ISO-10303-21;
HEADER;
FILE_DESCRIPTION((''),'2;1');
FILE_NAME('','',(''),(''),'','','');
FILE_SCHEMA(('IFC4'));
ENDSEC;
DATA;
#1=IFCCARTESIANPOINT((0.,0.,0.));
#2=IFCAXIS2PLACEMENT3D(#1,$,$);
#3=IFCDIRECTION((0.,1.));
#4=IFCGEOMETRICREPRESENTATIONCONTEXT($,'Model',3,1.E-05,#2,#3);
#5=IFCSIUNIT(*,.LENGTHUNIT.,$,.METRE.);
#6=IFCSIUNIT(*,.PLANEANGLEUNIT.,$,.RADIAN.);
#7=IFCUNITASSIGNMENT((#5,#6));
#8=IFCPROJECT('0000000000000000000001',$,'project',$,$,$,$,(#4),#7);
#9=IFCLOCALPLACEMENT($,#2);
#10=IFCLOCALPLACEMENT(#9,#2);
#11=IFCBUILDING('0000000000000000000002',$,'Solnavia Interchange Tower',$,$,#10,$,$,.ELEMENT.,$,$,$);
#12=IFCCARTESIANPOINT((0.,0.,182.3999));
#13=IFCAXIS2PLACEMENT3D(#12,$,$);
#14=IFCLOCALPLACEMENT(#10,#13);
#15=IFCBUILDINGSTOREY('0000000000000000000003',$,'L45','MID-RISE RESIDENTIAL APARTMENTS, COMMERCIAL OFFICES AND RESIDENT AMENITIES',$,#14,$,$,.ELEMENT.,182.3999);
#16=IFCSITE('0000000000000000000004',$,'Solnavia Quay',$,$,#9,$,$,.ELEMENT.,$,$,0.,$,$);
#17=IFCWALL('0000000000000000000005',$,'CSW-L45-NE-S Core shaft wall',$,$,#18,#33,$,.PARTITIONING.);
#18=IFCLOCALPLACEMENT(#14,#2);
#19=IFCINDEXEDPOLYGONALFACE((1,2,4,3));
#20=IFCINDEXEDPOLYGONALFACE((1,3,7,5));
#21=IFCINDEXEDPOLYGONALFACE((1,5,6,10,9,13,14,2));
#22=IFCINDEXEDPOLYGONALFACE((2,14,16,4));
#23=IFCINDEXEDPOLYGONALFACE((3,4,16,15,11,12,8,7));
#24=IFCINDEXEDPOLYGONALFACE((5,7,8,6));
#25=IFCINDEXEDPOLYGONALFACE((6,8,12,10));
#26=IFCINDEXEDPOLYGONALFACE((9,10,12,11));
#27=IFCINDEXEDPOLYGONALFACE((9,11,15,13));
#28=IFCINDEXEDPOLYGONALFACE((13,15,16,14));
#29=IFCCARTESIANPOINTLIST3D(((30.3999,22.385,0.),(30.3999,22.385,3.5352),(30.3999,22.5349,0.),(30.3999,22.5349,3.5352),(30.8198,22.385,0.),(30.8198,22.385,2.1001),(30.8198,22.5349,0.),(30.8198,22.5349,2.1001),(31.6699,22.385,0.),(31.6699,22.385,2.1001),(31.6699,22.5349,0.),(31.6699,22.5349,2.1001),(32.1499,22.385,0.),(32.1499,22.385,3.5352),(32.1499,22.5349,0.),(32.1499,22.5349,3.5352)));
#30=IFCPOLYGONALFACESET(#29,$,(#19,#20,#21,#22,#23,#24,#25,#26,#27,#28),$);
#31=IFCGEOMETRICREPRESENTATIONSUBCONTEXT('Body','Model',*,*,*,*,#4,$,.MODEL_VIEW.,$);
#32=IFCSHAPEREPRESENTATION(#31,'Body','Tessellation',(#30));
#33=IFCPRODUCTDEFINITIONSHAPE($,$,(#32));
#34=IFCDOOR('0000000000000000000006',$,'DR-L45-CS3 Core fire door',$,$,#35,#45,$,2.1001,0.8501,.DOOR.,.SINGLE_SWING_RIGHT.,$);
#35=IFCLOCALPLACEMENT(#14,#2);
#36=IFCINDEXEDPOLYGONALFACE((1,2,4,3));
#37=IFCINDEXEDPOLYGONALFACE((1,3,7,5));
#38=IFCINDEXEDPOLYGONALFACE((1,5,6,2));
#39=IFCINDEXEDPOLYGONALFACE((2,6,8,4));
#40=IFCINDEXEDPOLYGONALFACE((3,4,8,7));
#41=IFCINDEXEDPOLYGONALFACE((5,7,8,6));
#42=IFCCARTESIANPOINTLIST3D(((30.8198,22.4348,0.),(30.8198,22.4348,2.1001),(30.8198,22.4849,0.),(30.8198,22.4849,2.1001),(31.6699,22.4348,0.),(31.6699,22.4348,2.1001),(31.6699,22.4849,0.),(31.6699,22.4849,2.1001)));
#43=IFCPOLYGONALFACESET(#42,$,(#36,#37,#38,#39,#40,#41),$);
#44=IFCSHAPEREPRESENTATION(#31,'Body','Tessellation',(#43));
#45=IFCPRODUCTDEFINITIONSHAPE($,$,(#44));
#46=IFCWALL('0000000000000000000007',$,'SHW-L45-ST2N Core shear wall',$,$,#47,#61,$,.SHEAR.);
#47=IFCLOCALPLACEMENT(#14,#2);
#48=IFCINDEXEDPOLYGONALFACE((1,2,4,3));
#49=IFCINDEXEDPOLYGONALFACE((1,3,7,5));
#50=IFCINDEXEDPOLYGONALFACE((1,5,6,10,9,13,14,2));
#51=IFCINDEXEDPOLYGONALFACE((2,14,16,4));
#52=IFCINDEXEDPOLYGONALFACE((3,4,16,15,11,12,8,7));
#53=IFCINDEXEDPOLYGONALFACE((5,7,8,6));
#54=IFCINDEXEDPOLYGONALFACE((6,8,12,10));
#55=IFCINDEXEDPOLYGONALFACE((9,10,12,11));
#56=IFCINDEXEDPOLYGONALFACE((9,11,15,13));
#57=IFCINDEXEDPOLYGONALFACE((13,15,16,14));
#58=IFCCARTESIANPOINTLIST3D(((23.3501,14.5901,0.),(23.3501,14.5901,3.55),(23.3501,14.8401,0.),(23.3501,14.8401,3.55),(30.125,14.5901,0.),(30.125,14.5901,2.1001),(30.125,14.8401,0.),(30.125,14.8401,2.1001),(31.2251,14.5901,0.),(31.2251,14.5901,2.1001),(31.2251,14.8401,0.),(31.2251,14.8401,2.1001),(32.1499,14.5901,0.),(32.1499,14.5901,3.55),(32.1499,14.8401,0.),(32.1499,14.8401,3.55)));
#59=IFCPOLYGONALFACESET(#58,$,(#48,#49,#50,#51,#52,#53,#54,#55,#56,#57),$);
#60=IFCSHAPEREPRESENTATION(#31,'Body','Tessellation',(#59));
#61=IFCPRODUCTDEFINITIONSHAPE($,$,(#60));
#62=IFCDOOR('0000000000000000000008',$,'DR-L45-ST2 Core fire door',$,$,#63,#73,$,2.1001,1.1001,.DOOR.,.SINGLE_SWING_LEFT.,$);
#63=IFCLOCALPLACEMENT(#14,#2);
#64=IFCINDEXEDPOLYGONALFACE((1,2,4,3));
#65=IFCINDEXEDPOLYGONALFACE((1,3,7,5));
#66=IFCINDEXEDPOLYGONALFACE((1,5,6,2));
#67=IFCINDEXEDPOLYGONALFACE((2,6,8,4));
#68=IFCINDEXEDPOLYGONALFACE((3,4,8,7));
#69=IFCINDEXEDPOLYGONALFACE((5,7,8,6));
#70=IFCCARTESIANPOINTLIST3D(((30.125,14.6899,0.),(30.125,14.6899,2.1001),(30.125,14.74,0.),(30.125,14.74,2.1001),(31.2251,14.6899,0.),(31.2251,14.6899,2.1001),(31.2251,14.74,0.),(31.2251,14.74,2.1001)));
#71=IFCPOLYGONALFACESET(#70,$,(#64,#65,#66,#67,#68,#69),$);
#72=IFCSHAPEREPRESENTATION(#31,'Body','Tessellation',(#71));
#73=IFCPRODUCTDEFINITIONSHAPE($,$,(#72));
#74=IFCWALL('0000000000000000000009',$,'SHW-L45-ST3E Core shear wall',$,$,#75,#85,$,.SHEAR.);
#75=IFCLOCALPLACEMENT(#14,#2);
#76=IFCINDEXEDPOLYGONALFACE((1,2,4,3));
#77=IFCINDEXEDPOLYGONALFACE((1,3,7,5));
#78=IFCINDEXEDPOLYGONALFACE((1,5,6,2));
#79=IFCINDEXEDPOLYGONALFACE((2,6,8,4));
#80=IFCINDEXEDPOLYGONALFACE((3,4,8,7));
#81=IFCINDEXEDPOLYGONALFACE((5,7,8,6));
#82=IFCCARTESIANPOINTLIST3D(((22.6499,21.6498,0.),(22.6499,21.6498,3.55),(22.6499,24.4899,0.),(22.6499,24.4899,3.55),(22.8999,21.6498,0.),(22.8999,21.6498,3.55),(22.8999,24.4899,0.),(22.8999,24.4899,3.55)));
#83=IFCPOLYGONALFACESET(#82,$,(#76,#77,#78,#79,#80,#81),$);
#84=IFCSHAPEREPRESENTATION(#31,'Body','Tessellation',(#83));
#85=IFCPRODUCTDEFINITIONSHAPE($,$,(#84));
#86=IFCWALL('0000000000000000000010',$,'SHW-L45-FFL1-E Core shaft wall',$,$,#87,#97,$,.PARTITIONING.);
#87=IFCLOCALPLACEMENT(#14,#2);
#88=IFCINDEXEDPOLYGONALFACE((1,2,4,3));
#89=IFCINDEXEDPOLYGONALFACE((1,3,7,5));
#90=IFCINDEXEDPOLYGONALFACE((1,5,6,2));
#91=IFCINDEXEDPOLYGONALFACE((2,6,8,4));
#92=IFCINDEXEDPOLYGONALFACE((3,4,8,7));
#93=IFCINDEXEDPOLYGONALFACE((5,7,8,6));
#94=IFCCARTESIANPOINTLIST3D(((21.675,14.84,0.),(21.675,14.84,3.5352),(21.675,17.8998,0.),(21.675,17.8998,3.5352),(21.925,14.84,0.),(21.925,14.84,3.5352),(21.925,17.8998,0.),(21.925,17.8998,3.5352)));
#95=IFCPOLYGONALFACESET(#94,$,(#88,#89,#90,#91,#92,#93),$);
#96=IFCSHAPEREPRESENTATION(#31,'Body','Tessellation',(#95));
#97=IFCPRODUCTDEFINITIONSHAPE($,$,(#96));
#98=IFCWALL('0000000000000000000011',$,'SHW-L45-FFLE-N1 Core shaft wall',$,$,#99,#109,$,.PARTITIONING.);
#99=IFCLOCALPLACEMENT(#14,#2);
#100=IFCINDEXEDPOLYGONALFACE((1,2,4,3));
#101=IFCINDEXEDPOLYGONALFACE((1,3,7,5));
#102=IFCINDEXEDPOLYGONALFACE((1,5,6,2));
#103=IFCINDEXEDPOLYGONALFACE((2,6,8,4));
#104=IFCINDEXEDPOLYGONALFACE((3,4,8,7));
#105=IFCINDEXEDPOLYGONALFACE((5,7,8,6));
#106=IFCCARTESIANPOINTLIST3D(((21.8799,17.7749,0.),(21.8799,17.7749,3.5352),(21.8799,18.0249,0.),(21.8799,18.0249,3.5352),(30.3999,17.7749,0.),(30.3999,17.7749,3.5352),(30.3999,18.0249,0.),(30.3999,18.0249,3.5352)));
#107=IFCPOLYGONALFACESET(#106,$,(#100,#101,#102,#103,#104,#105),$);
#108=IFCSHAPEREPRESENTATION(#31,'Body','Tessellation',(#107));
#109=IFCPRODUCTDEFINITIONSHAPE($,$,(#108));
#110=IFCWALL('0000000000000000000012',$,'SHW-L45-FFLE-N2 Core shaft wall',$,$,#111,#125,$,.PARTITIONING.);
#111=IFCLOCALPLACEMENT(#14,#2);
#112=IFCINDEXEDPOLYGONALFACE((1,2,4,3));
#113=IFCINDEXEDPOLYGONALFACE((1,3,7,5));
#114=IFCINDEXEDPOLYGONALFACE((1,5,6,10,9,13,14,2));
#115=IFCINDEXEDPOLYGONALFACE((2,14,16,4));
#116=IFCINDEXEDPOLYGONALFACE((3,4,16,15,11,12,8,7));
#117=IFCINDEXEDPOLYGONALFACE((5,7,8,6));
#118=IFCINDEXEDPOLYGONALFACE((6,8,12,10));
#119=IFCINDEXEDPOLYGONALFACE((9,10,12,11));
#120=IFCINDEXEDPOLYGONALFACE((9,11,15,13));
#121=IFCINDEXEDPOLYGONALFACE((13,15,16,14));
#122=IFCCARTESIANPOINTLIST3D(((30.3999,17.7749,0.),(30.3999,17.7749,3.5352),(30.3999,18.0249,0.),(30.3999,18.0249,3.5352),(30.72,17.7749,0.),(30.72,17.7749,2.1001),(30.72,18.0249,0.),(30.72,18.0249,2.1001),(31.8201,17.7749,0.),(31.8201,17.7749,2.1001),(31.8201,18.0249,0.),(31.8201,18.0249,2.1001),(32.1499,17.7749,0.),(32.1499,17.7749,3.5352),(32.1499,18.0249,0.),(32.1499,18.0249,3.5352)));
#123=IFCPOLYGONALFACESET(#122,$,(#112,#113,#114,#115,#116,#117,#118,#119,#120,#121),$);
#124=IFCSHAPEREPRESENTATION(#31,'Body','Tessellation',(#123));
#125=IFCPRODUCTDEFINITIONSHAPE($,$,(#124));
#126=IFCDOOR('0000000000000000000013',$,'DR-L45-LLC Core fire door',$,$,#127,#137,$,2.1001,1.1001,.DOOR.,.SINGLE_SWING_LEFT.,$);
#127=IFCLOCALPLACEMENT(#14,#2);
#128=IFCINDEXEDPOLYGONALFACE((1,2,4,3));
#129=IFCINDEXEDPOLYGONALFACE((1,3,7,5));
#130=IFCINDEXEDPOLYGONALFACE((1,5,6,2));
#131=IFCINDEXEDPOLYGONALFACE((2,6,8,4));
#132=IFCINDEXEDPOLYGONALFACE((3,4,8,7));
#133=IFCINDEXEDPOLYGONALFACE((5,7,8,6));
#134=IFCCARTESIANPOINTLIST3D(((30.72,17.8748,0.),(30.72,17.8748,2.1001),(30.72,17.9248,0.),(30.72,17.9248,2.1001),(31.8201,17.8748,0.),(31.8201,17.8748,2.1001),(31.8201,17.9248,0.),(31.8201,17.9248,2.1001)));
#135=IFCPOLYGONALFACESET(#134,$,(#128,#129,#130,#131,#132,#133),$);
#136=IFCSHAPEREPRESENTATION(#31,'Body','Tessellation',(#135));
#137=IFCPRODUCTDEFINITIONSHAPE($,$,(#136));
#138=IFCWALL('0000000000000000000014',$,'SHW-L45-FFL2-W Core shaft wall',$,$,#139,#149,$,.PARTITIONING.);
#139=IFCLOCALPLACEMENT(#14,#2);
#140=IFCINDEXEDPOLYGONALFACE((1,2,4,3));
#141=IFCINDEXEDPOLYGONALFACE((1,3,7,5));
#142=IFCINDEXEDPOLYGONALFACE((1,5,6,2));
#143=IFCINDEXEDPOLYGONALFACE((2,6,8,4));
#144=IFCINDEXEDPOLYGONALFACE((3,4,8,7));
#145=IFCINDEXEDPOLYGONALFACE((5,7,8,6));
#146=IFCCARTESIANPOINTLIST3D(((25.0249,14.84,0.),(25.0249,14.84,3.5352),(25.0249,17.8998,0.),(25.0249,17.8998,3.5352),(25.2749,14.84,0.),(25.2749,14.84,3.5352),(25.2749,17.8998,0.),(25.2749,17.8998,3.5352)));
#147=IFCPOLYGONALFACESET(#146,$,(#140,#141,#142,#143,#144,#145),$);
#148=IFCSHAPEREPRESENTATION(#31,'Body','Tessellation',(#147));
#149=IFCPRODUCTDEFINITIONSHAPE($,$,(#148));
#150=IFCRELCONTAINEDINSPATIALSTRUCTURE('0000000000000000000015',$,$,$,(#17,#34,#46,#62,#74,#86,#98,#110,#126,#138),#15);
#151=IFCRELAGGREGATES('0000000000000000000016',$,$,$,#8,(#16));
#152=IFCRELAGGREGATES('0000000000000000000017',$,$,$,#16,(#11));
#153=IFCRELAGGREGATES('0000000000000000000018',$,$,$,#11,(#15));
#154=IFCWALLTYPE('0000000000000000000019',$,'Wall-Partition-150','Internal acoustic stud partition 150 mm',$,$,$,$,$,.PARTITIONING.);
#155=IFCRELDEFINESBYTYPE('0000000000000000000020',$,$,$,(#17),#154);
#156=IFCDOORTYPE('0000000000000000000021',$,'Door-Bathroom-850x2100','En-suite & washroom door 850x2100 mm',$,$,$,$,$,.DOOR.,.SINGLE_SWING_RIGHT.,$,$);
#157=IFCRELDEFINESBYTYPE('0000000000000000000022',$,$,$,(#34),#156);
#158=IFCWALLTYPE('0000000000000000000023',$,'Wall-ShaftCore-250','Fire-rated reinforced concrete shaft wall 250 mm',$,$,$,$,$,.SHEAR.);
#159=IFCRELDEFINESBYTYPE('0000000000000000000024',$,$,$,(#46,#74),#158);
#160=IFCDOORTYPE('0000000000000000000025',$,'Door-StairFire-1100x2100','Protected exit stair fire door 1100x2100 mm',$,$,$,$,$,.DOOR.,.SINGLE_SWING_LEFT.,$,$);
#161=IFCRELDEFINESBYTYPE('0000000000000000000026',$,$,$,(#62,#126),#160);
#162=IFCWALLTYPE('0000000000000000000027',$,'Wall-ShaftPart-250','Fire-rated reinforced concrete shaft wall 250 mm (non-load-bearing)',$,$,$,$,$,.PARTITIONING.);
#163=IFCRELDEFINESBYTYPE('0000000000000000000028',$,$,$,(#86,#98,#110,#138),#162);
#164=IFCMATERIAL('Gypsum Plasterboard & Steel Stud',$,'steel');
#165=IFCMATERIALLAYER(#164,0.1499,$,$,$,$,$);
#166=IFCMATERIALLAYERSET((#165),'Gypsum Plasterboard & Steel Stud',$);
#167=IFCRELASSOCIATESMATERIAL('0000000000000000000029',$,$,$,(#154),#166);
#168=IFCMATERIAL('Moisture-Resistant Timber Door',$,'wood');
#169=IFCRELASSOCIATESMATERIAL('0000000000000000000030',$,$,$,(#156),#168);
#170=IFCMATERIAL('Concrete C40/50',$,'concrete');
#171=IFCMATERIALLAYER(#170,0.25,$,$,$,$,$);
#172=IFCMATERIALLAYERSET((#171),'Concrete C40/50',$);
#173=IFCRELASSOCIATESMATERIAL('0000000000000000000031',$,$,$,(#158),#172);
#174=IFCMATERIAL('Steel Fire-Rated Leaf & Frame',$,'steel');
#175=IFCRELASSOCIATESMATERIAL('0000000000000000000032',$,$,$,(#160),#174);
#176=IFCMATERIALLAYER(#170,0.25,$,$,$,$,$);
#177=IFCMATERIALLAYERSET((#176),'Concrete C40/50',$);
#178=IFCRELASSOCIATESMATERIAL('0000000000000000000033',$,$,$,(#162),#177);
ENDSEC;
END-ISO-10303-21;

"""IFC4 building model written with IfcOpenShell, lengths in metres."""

from ifc_helpers import new_model, si_unit, direction, frame, frame_2d, origin, place, context, subcontext, project, spatial, rectangle, extrude, material, layer, layer_set, type_object, element, fill, save


model = new_model("IFC4")

# Units and contexts
model_context = context("Model", 3, precision=1e-05, world=origin(), true_north=direction((0.0, 1.0)))
body_context = subcontext(model_context, "Body", "Model", "MODEL_VIEW")
ifc_project = project(units=[si_unit("LENGTHUNIT", "METRE"), si_unit("PLANEANGLEUNIT", "RADIAN")], contexts=[model_context])

# Site, building, storey
site_placement = place(None, origin())
site = spatial("IfcSite", under=ifc_project, at=site_placement, Name="Solnavia Quay", CompositionType="ELEMENT", RefElevation=0.0)
building_placement = place(site_placement, origin())
building = spatial("IfcBuilding", under=site, at=building_placement, Name="Solnavia Interchange Tower", CompositionType="ELEMENT")
storey_placement = place(building_placement, frame((0.0, 0.0, 182.3999)))
storey = spatial("IfcBuildingStorey", under=building, at=storey_placement, Name="L45", Description="MID-RISE RESIDENTIAL APARTMENTS, COMMERCIAL OFFICES AND RESIDENT AMENITIES", CompositionType="ELEMENT", Elevation=182.3999)

# Walls, openings, doors
ifc_material_1 = material(Name="Gypsum Plasterboard & Steel Stud", Category="steel")
ifc_layer_1 = layer(ifc_material_1, 0.1499)
ifc_layer_set_1 = layer_set([ifc_layer_1], Name="Gypsum Plasterboard & Steel Stud")
wall_type_1 = type_object("IfcWallType", Name="Wall-Partition-150", Description="Internal acoustic stud partition 150 mm", PredefinedType="PARTITIONING", material=ifc_layer_set_1)
wall_1_placement = place(storey_placement, frame((30.3999, 22.46, 0.0), z_axis=(0.0, 0.0, 1.0), x_axis=(1.0, 0.0, 0.0)))
wall_1 = element("IfcWall", 1, at=wall_1_placement, inside=storey, type_object=wall_type_1, Name="CSW-L45-NE-S Core shaft wall", PredefinedType="PARTITIONING", context=body_context, shape_type="SweptSolid", body=[
    extrude(rectangle(XDim=1.75, YDim=0.1499, at=frame_2d((0.875, 0.0))), origin(), (0.0, 0.0, 1.0), 3.5352),
])
opening_1_placement = place(wall_1_placement, frame((0.4199, 0.0, 0.0)))
opening_1 = element("IfcOpeningElement", 2, at=opening_1_placement, cuts=wall_1, PredefinedType="OPENING", context=body_context, shape_type="SweptSolid", body=[
    extrude(rectangle(XDim=0.8501, YDim=2.1001, at=frame_2d((0.425, 1.05))), frame((0.0, 0.085, 0.0), z_axis=(0.0, -1.0, 0.0), x_axis=(1.0, 0.0, 0.0)), (0.0, 0.0, 1.0), 0.1699),
])
ifc_material_2 = material(Name="Moisture-Resistant Timber Door", Category="wood")
door_type_1 = type_object("IfcDoorType", Name="Door-Bathroom-850x2100", Description="En-suite & washroom door 850x2100 mm", OperationType="SINGLE_SWING_RIGHT", PredefinedType="DOOR", material=ifc_material_2)
door_1_placement = place(opening_1_placement, origin())
door_1 = element("IfcDoor", 3, at=door_1_placement, inside=storey, type_object=door_type_1, Name="DR-L45-CS3 Core fire door", OperationType="SINGLE_SWING_RIGHT", OverallHeight=2.1001, OverallWidth=0.8501, PredefinedType="DOOR", context=body_context, shape_type="SweptSolid", body=[
    extrude(rectangle(XDim=0.8501, YDim=2.1001, at=frame_2d((0.425, 1.05))), frame((0.0, 0.0249, 0.0), z_axis=(0.0, -1.0, 0.0), x_axis=(1.0, 0.0, 0.0)), (0.0, 0.0, 1.0), 0.05),
])
fill(opening_1, door_1)
ifc_material_3 = material(Name="Concrete C40/50", Category="concrete")
ifc_layer_2 = layer(ifc_material_3, 0.25)
ifc_layer_set_2 = layer_set([ifc_layer_2], Name="Concrete C40/50")
wall_type_2 = type_object("IfcWallType", Name="Wall-ShaftCore-250", Description="Fire-rated reinforced concrete shaft wall 250 mm", PredefinedType="SHEAR", material=ifc_layer_set_2)
wall_2_placement = place(storey_placement, frame((23.3501, 14.7151, 0.0), z_axis=(0.0, 0.0, 1.0), x_axis=(1.0, 0.0, 0.0)))
wall_2 = element("IfcWall", 4, at=wall_2_placement, inside=storey, type_object=wall_type_2, Name="SHW-L45-ST2N Core shear wall", PredefinedType="SHEAR", context=body_context, shape_type="SweptSolid", body=[
    extrude(rectangle(XDim=8.7998, YDim=0.25, at=frame_2d((4.3999, 0.0))), origin(), (0.0, 0.0, 1.0), 3.55),
])
opening_2_placement = place(wall_2_placement, frame((6.7749, 0.0, 0.0)))
opening_2 = element("IfcOpeningElement", 5, at=opening_2_placement, cuts=wall_2, PredefinedType="OPENING", context=body_context, shape_type="SweptSolid", body=[
    extrude(rectangle(XDim=1.1001, YDim=2.1001, at=frame_2d((0.55, 1.05))), frame((0.0, 0.135, 0.0), z_axis=(0.0, -1.0, 0.0), x_axis=(1.0, 0.0, 0.0)), (0.0, 0.0, 1.0), 0.27),
])
ifc_material_4 = material(Name="Steel Fire-Rated Leaf & Frame", Category="steel")
door_type_2 = type_object("IfcDoorType", Name="Door-StairFire-1100x2100", Description="Protected exit stair fire door 1100x2100 mm", OperationType="SINGLE_SWING_LEFT", PredefinedType="DOOR", material=ifc_material_4)
door_2_placement = place(opening_2_placement, origin())
door_2 = element("IfcDoor", 6, at=door_2_placement, inside=storey, type_object=door_type_2, Name="DR-L45-ST2 Core fire door", OperationType="SINGLE_SWING_LEFT", OverallHeight=2.1001, OverallWidth=1.1001, PredefinedType="DOOR", context=body_context, shape_type="SweptSolid", body=[
    extrude(rectangle(XDim=1.1001, YDim=2.1001, at=frame_2d((0.55, 1.05))), frame((0.0, 0.0249, 0.0), z_axis=(0.0, -1.0, 0.0), x_axis=(1.0, 0.0, 0.0)), (0.0, 0.0, 1.0), 0.05),
])
fill(opening_2, door_2)

# Walls
wall_3_placement = place(storey_placement, frame((22.7749, 21.6499, 0.0), z_axis=(0.0, 0.0, 1.0), x_axis=(0.0, 1.0, 0.0)))
element("IfcWall", 7, at=wall_3_placement, inside=storey, type_object=wall_type_2, Name="SHW-L45-ST3E Core shear wall", PredefinedType="SHEAR", context=body_context, shape_type="SweptSolid", body=[
    extrude(rectangle(XDim=2.8401, YDim=0.25, at=frame_2d((1.4199, 0.0))), origin(), (0.0, 0.0, 1.0), 3.55),
])
ifc_layer_3 = layer(ifc_material_3, 0.25)
ifc_layer_set_3 = layer_set([ifc_layer_3], Name="Concrete C40/50")
wall_type_3 = type_object("IfcWallType", Name="Wall-ShaftPart-250", Description="Fire-rated reinforced concrete shaft wall 250 mm (non-load-bearing)", PredefinedType="PARTITIONING", material=ifc_layer_set_3)
wall_4_placement = place(storey_placement, frame((21.8, 14.8401, 0.0), z_axis=(0.0, 0.0, 1.0), x_axis=(0.0, 1.0, 0.0)))
element("IfcWall", 8, at=wall_4_placement, inside=storey, type_object=wall_type_3, Name="SHW-L45-FFL1-E Core shaft wall", PredefinedType="PARTITIONING", context=body_context, shape_type="SweptSolid", body=[
    extrude(rectangle(XDim=3.0598, YDim=0.25, at=frame_2d((1.5298, 0.0))), origin(), (0.0, 0.0, 1.0), 3.5352),
])
wall_5_placement = place(storey_placement, frame((21.8799, 17.8999, 0.0), z_axis=(0.0, 0.0, 1.0), x_axis=(1.0, 0.0, 0.0)))
element("IfcWall", 9, at=wall_5_placement, inside=storey, type_object=wall_type_3, Name="SHW-L45-FFLE-N1 Core shaft wall", PredefinedType="PARTITIONING", context=body_context, shape_type="SweptSolid", body=[
    extrude(rectangle(XDim=8.52, YDim=0.25, at=frame_2d((4.26, 0.0))), origin(), (0.0, 0.0, 1.0), 3.5352),
])

# Wall, opening, door
wall_6_placement = place(storey_placement, frame((30.3999, 17.8999, 0.0), z_axis=(0.0, 0.0, 1.0), x_axis=(1.0, 0.0, 0.0)))
wall_6 = element("IfcWall", 10, at=wall_6_placement, inside=storey, type_object=wall_type_3, Name="SHW-L45-FFLE-N2 Core shaft wall", PredefinedType="PARTITIONING", context=body_context, shape_type="SweptSolid", body=[
    extrude(rectangle(XDim=1.75, YDim=0.25, at=frame_2d((0.875, 0.0))), origin(), (0.0, 0.0, 1.0), 3.5352),
])
opening_3_placement = place(wall_6_placement, frame((0.3201, 0.0, 0.0)))
opening_3 = element("IfcOpeningElement", 11, at=opening_3_placement, cuts=wall_6, PredefinedType="OPENING", context=body_context, shape_type="SweptSolid", body=[
    extrude(rectangle(XDim=1.1001, YDim=2.1001, at=frame_2d((0.55, 1.05))), frame((0.0, 0.135, 0.0), z_axis=(0.0, -1.0, 0.0), x_axis=(1.0, 0.0, 0.0)), (0.0, 0.0, 1.0), 0.27),
])
door_3_placement = place(opening_3_placement, origin())
door_3 = element("IfcDoor", 12, at=door_3_placement, inside=storey, type_object=door_type_2, Name="DR-L45-LLC Core fire door", OperationType="SINGLE_SWING_LEFT", OverallHeight=2.1001, OverallWidth=1.1001, PredefinedType="DOOR", context=body_context, shape_type="SweptSolid", body=[
    extrude(rectangle(XDim=1.1001, YDim=2.1001, at=frame_2d((0.55, 1.05))), frame((0.0, 0.0249, 0.0), z_axis=(0.0, -1.0, 0.0), x_axis=(1.0, 0.0, 0.0)), (0.0, 0.0, 1.0), 0.05),
])
fill(opening_3, door_3)

# Wall
wall_7_placement = place(storey_placement, frame((25.1499, 14.8401, 0.0), z_axis=(0.0, 0.0, 1.0), x_axis=(0.0, 1.0, 0.0)))
element("IfcWall", 13, at=wall_7_placement, inside=storey, type_object=wall_type_3, Name="SHW-L45-FFL2-W Core shaft wall", PredefinedType="PARTITIONING", context=body_context, shape_type="SweptSolid", body=[
    extrude(rectangle(XDim=3.0598, YDim=0.25, at=frame_2d((1.5298, 0.0))), origin(), (0.0, 0.0, 1.0), 3.5352),
])

save(model, "model.ifc")
